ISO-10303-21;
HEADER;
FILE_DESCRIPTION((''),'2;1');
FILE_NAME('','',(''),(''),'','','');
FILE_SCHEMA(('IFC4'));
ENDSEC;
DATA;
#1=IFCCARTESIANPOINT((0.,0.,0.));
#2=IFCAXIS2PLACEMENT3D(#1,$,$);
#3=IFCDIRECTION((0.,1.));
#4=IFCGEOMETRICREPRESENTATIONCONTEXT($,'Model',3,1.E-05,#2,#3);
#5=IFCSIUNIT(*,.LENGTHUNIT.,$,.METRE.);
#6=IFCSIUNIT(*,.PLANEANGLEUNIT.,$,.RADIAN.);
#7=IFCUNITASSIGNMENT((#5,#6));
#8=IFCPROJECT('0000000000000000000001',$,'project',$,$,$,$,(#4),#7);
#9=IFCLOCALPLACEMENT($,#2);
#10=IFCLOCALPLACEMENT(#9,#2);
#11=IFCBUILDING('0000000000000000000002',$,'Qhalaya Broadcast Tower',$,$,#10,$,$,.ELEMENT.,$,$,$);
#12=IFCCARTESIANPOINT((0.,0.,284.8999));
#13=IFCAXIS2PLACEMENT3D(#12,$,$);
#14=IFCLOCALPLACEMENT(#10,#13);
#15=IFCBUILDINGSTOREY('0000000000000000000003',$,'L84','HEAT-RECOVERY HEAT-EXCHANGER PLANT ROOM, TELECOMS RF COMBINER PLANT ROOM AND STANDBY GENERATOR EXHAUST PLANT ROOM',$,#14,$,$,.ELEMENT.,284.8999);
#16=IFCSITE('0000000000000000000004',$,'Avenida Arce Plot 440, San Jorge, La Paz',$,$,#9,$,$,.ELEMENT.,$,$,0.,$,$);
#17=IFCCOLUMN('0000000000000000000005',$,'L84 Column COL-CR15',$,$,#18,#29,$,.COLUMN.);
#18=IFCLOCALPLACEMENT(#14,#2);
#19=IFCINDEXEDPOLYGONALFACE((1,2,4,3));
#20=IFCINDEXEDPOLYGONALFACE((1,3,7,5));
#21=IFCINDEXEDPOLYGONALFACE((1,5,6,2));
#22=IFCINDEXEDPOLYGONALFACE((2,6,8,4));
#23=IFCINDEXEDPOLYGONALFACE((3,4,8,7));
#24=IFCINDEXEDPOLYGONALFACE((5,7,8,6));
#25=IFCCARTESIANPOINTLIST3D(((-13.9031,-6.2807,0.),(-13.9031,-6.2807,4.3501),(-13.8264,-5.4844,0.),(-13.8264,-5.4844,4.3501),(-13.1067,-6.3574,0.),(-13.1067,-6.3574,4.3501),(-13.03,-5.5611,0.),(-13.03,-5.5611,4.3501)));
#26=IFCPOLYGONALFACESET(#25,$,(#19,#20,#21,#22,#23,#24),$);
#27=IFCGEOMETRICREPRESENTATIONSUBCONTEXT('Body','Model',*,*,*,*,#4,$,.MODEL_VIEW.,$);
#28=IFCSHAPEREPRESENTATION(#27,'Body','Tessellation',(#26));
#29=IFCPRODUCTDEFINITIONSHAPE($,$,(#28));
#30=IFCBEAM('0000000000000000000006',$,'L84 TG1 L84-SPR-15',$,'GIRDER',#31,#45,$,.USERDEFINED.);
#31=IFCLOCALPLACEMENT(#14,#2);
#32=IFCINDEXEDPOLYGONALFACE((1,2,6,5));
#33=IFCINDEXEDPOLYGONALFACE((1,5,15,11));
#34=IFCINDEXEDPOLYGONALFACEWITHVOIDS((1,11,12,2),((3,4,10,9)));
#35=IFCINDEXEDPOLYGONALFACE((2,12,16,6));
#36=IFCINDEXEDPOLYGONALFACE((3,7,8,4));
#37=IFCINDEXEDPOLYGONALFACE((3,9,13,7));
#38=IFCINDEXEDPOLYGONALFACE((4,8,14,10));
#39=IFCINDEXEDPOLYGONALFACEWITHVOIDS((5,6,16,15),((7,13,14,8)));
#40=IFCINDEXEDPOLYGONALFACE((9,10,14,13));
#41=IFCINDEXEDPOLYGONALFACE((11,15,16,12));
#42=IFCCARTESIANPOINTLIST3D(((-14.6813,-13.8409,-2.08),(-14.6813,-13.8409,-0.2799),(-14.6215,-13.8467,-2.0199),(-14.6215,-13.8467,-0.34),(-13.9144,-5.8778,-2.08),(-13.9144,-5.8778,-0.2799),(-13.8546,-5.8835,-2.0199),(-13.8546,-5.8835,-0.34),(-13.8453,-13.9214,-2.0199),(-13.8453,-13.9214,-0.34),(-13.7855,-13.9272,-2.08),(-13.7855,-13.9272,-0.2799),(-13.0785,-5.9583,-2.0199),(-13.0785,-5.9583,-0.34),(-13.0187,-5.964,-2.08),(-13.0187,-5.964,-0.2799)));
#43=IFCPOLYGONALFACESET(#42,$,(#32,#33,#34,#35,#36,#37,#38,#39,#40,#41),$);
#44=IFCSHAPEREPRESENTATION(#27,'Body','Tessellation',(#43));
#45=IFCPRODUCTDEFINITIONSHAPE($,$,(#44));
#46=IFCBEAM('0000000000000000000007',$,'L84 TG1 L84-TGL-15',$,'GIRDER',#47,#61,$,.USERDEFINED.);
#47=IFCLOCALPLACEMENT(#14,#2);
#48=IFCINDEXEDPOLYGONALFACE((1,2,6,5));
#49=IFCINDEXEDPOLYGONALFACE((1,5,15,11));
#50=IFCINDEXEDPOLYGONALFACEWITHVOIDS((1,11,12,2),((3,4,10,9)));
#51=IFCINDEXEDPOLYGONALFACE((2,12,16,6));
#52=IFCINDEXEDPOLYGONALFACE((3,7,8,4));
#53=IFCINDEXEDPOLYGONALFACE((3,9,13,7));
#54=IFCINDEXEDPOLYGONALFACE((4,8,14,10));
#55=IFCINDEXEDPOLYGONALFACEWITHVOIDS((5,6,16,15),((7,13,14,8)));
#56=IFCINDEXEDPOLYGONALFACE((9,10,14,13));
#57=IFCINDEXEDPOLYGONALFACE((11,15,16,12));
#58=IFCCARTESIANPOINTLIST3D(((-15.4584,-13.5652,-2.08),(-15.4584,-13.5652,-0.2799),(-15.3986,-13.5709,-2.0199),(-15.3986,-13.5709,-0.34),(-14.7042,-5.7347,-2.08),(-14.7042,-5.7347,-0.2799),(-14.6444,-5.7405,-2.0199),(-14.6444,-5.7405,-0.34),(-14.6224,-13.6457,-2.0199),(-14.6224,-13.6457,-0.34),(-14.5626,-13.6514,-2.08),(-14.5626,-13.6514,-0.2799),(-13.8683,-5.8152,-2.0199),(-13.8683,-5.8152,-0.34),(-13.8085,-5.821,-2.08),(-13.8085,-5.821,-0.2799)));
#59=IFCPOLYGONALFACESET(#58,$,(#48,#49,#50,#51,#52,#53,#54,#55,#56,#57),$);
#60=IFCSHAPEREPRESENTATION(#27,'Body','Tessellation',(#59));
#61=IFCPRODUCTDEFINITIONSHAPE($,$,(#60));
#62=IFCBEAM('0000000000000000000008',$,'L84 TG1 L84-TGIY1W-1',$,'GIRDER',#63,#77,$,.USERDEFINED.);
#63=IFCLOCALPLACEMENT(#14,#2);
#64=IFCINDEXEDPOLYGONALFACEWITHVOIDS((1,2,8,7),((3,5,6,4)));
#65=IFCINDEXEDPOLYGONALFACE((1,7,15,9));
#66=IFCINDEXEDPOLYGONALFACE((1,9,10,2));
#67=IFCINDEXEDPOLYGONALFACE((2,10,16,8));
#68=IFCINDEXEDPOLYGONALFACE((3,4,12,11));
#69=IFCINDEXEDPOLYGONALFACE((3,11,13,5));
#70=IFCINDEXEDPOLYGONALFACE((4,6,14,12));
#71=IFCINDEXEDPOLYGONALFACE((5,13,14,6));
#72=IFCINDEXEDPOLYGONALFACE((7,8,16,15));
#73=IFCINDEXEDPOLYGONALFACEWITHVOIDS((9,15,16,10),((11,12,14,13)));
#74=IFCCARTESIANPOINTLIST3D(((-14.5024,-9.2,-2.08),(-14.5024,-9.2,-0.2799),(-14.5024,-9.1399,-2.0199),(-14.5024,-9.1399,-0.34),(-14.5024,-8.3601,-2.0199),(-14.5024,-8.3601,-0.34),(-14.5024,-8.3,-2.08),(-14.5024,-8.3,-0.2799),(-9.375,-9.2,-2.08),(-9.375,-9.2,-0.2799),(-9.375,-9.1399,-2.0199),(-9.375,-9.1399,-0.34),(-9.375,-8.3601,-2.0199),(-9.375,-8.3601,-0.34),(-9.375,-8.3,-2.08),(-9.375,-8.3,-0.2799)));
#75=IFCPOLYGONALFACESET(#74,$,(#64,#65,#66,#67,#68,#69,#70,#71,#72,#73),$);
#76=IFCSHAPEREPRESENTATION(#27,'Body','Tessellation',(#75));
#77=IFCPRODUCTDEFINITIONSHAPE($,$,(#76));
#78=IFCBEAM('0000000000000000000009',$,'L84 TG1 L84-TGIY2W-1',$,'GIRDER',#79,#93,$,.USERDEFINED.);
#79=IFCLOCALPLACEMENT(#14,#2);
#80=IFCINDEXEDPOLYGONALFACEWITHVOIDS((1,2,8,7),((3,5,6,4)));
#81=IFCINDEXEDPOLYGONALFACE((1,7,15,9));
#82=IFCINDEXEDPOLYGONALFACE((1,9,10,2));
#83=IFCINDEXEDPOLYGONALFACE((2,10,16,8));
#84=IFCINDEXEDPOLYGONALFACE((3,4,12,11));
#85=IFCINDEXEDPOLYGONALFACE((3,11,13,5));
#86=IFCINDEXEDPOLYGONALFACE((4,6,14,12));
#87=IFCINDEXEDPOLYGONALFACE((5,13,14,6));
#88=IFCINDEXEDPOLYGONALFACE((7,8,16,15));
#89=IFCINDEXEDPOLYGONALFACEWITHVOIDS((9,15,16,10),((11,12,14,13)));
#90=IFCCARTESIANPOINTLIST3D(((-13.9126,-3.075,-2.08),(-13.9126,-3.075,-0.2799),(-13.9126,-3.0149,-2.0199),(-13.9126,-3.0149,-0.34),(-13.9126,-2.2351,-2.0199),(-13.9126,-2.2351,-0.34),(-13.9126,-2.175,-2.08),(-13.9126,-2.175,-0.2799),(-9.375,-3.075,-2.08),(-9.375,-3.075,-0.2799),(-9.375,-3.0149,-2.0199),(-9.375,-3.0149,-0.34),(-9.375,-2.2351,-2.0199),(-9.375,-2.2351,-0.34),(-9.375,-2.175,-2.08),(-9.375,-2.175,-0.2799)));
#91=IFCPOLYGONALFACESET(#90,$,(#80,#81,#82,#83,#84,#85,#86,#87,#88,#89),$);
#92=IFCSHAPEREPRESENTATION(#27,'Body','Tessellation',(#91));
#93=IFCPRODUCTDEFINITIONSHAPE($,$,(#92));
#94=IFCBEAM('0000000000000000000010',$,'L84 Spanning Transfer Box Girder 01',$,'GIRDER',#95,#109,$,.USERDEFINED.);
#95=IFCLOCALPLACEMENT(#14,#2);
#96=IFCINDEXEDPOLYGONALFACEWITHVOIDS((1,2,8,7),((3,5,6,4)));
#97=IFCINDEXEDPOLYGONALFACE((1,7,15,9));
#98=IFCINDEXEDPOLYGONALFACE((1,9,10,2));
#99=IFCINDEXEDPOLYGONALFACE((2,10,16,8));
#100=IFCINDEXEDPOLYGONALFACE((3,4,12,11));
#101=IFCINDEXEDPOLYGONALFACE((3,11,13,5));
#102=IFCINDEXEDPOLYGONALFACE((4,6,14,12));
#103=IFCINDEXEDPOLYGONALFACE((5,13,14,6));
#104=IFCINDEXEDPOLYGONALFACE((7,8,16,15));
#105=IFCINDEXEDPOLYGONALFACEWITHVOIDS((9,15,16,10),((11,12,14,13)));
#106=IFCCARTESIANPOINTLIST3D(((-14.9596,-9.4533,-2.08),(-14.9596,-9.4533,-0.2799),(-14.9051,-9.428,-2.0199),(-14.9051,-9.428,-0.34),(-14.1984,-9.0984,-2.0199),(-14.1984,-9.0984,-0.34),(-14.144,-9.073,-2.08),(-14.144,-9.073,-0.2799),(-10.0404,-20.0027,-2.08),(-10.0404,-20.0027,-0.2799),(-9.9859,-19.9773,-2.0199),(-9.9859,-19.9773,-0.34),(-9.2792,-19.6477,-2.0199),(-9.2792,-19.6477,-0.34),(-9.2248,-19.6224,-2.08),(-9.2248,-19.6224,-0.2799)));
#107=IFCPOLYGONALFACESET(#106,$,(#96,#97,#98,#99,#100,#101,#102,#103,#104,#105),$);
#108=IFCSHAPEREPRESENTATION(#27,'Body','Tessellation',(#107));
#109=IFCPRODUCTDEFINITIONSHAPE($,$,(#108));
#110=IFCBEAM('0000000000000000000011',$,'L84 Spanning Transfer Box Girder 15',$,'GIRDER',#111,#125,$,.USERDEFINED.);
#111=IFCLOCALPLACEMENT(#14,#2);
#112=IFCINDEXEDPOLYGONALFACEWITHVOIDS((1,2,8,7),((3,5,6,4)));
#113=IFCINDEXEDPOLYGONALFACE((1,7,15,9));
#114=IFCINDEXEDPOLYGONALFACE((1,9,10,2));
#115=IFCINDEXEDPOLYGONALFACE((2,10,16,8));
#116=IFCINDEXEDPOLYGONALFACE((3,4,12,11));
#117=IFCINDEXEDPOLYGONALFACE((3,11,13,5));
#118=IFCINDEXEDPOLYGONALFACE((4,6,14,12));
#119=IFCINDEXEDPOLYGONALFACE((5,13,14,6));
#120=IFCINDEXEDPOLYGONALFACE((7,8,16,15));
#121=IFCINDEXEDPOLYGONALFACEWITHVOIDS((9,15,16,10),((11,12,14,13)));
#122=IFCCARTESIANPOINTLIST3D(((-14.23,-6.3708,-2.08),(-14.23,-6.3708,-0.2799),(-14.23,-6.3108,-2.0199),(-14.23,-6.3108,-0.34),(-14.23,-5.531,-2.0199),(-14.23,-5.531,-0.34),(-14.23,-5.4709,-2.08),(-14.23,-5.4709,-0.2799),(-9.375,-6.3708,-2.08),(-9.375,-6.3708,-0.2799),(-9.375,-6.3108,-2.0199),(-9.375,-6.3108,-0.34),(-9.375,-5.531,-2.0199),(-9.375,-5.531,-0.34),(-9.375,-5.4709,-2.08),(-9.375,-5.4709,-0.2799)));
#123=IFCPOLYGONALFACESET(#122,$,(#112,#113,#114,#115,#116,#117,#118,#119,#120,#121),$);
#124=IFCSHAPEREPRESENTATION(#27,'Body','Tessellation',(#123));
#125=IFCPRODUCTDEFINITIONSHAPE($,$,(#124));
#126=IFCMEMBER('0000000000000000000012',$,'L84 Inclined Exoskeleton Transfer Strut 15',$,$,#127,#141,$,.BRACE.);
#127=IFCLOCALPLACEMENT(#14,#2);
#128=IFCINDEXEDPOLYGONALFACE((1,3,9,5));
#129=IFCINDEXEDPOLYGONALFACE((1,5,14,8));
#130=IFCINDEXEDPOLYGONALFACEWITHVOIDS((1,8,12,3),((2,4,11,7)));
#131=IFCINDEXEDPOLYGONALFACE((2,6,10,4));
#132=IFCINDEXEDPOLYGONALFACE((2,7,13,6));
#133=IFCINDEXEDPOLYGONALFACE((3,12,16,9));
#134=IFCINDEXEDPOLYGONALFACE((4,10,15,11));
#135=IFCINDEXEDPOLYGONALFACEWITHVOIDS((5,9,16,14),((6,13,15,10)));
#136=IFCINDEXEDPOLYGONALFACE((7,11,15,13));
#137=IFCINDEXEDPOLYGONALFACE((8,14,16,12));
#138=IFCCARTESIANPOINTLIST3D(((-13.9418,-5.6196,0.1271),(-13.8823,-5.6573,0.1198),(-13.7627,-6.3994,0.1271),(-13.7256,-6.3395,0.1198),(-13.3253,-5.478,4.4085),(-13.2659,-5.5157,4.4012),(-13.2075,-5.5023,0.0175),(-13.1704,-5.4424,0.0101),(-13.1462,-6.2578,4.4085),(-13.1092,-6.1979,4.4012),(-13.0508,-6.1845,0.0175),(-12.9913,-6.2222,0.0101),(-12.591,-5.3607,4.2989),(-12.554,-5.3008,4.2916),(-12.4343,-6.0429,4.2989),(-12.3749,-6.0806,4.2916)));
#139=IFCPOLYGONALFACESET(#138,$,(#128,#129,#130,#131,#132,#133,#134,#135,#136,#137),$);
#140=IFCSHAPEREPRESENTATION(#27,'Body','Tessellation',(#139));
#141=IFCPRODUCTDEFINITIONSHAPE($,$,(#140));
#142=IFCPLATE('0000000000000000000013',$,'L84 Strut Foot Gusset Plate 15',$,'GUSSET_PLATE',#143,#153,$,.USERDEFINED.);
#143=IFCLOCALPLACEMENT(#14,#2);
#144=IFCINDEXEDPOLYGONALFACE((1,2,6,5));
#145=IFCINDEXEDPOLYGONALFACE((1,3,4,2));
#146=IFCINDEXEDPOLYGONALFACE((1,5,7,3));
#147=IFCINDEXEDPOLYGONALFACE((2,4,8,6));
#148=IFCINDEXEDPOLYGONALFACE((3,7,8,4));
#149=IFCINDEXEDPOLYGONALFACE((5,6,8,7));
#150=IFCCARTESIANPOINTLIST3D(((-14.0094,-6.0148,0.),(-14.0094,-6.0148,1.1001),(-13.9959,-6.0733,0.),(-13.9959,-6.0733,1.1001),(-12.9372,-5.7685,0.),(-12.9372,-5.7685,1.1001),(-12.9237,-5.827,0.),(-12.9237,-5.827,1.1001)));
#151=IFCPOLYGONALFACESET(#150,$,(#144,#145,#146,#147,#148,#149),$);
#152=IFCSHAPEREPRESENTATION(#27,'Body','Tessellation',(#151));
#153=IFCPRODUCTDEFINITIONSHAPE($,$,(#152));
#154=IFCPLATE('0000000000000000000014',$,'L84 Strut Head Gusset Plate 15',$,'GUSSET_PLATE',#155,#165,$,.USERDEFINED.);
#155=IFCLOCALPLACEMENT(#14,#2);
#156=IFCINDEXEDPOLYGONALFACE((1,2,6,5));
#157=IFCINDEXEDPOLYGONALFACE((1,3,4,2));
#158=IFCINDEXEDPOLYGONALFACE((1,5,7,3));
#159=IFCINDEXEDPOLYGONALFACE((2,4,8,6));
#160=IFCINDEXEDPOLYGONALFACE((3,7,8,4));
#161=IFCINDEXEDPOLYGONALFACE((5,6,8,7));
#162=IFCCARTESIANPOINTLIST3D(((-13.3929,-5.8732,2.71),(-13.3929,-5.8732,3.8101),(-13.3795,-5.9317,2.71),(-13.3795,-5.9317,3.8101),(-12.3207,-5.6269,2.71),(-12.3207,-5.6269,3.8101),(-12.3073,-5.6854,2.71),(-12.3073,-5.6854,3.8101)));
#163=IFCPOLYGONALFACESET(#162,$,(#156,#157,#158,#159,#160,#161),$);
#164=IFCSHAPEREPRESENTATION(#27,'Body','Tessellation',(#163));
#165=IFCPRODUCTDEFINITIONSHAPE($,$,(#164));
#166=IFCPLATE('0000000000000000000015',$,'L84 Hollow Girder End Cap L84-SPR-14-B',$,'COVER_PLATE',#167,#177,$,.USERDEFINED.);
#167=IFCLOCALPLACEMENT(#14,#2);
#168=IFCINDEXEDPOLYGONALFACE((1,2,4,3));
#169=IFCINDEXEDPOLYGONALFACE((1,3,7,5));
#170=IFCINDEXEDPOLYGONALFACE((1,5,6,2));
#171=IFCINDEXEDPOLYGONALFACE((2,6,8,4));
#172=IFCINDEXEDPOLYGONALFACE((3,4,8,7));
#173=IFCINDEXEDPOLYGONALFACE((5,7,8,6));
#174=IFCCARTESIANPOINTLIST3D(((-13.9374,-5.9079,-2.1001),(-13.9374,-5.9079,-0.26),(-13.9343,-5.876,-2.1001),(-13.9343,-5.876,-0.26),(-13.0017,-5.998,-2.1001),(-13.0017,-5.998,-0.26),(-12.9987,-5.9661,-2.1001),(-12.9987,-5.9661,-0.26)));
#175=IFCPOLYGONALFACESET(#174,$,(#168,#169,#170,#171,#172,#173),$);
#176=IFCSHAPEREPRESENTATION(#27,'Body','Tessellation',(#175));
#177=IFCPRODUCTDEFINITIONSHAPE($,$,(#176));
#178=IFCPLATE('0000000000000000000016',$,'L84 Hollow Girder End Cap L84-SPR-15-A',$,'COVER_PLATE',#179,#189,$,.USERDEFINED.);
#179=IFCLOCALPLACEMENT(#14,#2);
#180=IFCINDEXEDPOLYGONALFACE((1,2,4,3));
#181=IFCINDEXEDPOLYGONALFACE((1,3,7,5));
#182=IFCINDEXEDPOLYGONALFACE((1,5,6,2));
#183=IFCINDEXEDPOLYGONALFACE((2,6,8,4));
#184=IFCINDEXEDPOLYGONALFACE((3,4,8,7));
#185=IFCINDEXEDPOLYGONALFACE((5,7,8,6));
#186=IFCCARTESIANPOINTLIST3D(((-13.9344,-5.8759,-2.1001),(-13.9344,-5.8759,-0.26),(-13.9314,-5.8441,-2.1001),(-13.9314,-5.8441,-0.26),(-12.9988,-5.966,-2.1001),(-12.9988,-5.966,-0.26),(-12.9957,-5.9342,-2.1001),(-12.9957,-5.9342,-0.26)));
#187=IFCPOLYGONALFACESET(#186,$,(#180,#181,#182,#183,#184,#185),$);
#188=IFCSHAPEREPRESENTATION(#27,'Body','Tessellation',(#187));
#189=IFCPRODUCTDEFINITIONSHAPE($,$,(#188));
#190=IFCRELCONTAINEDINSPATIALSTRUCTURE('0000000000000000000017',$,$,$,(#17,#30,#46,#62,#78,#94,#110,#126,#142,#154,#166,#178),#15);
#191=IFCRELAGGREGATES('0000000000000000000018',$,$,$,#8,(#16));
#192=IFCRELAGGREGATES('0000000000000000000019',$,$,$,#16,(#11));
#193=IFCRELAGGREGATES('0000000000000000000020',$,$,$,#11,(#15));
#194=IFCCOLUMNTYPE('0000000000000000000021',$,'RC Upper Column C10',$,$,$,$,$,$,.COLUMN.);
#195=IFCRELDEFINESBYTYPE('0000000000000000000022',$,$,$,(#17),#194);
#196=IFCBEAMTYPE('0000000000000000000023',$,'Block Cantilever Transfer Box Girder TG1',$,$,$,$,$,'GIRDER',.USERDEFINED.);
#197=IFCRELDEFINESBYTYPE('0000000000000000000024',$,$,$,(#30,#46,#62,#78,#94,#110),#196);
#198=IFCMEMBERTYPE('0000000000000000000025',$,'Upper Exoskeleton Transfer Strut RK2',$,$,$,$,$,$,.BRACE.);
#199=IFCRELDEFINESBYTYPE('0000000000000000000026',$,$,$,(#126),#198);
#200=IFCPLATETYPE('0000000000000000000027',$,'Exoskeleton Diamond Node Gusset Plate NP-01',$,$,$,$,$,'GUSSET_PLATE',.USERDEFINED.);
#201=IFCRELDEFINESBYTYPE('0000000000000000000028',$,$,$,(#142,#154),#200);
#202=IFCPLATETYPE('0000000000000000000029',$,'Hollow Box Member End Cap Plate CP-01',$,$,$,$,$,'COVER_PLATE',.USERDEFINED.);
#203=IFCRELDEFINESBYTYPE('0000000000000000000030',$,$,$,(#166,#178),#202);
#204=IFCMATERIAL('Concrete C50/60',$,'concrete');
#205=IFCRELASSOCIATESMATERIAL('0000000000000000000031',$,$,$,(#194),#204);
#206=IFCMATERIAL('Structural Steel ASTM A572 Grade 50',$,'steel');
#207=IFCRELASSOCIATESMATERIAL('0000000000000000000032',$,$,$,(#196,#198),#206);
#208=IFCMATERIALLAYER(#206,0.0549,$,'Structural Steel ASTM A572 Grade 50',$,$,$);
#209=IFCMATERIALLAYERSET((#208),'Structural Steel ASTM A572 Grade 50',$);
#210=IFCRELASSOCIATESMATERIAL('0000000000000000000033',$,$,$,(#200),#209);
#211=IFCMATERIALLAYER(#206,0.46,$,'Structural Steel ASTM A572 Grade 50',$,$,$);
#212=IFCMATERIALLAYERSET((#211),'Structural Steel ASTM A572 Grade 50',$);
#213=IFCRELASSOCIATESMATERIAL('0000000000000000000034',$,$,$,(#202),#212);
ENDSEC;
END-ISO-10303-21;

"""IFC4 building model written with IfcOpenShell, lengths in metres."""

from ifc_helpers import new_model, si_unit, direction, frame, origin, origin_2d, place, context, subcontext, project, spatial, rectangle, hollow_rectangle, extrude, material, layer, layer_set, material_profile, profile_set, type_object, element, save


model = new_model("IFC4")

# Units and contexts
model_context = context("Model", 3, precision=1e-05, world=origin(), true_north=direction((0.0, 1.0)))
body_context = subcontext(model_context, "Body", "Model", "MODEL_VIEW")
ifc_project = project(units=[si_unit("LENGTHUNIT", "METRE"), si_unit("PLANEANGLEUNIT", "RADIAN")], contexts=[model_context])

# Site, building, storey
site_placement = place(None, origin())
site = spatial("IfcSite", under=ifc_project, at=site_placement, Name="Avenida Arce Plot 440, San Jorge, La Paz", CompositionType="ELEMENT", RefElevation=0.0)
building_placement = place(site_placement, origin())
building = spatial("IfcBuilding", under=site, at=building_placement, Name="Qhalaya Broadcast Tower", CompositionType="ELEMENT")
storey_placement = place(building_placement, frame((0.0, 0.0, 284.8999)))
storey = spatial("IfcBuildingStorey", under=building, at=storey_placement, Name="L84", Description="HEAT-RECOVERY HEAT-EXCHANGER PLANT ROOM, TELECOMS RF COMBINER PLANT ROOM AND STANDBY GENERATOR EXHAUST PLANT ROOM", CompositionType="ELEMENT", Elevation=284.8999)

# Column
ifc_material_1 = material(Name="Concrete C50/60", Category="concrete")
ifc_material_profile_1 = material_profile(ifc_material_1, rectangle(XDim=0.8, YDim=0.8, at=origin_2d()), Name="RC-COL 800x800")
ifc_profile_set_1 = profile_set([ifc_material_profile_1], Name="Concrete C50/60")
column_type = type_object("IfcColumnType", Name="RC Upper Column C10", PredefinedType="COLUMN", material=ifc_profile_set_1)
column_placement = place(storey_placement, frame((-13.4666, -5.9209, 0.0), z_axis=(0.0, 0.0, 1.0), x_axis=(0.095846, 0.995396, 0.0)))
element("IfcColumn", 1, at=column_placement, inside=storey, type_object=column_type, Name="L84 Column COL-CR15", PredefinedType="COLUMN", context=body_context, shape_type="SweptSolid", body=[
    extrude(rectangle(XDim=0.8, YDim=0.8, at=origin_2d()), origin(), (0.0, 0.0, 1.0), 4.3501),
])

# Beams
ifc_material_2 = material(Name="Structural Steel ASTM A572 Grade 50", Category="steel")
ifc_material_profile_2 = material_profile(ifc_material_2, hollow_rectangle(XDim=0.8999, YDim=1.8, WallThickness=0.0601, at=origin_2d()), Name="BOX 900x1800x60")
ifc_profile_set_2 = profile_set([ifc_material_profile_2], Name="Structural Steel ASTM A572 Grade 50")
beam_type = type_object("IfcBeamType", Name="Block Cantilever Transfer Box Girder TG1", ElementType="GIRDER", PredefinedType="USERDEFINED", material=ifc_profile_set_2)
beam_1_placement = place(storey_placement, frame((-13.4666, -5.9209, -1.1799), z_axis=(-0.095856, -0.995395, 0.0), x_axis=(0.995395, -0.095856, 0.0)))
element("IfcBeam", 2, at=beam_1_placement, inside=storey, type_object=beam_type, Name="L84 TG1 L84-SPR-15", ObjectType="GIRDER", PredefinedType="USERDEFINED", context=body_context, shape_type="SweptSolid", body=[
    extrude(hollow_rectangle(XDim=0.8999, YDim=1.8, WallThickness=0.0601, at=origin_2d()), origin(), (0.0, 0.0, 1.0), 8.0),
])
beam_2_placement = place(storey_placement, frame((-14.2563, -5.7778, -1.1799), z_axis=(-0.095865, -0.995394, 0.0), x_axis=(0.995394, -0.095865, 0.0)))
element("IfcBeam", 3, at=beam_2_placement, inside=storey, type_object=beam_type, Name="L84 TG1 L84-TGL-15", ObjectType="GIRDER", PredefinedType="USERDEFINED", context=body_context, shape_type="SweptSolid", body=[
    extrude(hollow_rectangle(XDim=0.8999, YDim=1.8, WallThickness=0.0601, at=origin_2d()), origin(), (0.0, 0.0, 1.0), 7.8667),
])
beam_3_placement = place(storey_placement, frame((-14.5024, -8.75, -1.1799), z_axis=(1.0, 0.0, 0.0), x_axis=(0.0, 1.0, 0.0)))
element("IfcBeam", 4, at=beam_3_placement, inside=storey, type_object=beam_type, Name="L84 TG1 L84-TGIY1W-1", ObjectType="GIRDER", PredefinedType="USERDEFINED", context=body_context, shape_type="SweptSolid", body=[
    extrude(hollow_rectangle(XDim=0.8999, YDim=1.8, WallThickness=0.0601, at=origin_2d()), origin(), (0.0, 0.0, 1.0), 5.1274),
])
beam_4_placement = place(storey_placement, frame((-13.9126, -2.625, -1.1799), z_axis=(1.0, 0.0, 0.0), x_axis=(0.0, 1.0, 0.0)))
element("IfcBeam", 5, at=beam_4_placement, inside=storey, type_object=beam_type, Name="L84 TG1 L84-TGIY2W-1", ObjectType="GIRDER", PredefinedType="USERDEFINED", context=body_context, shape_type="SweptSolid", body=[
    extrude(hollow_rectangle(XDim=0.8999, YDim=1.8, WallThickness=0.0601, at=origin_2d()), origin(), (0.0, 0.0, 1.0), 4.5376),
])
beam_5_placement = place(storey_placement, frame((-14.5518, -9.2632, -1.1799), z_axis=(0.422616, -0.906309, 0.0), x_axis=(0.906309, 0.422616, 0.0)))
element("IfcBeam", 6, at=beam_5_placement, inside=storey, type_object=beam_type, Name="L84 Spanning Transfer Box Girder 01", ObjectType="GIRDER", PredefinedType="USERDEFINED", context=body_context, shape_type="SweptSolid", body=[
    extrude(hollow_rectangle(XDim=0.8999, YDim=1.8, WallThickness=0.0601, at=origin_2d()), origin(), (0.0, 0.0, 1.0), 11.6399),
])
beam_6_placement = place(storey_placement, frame((-14.23, -5.9209, -1.1799), z_axis=(1.0, 0.0, 0.0), x_axis=(0.0, 1.0, 0.0)))
element("IfcBeam", 7, at=beam_6_placement, inside=storey, type_object=beam_type, Name="L84 Spanning Transfer Box Girder 15", ObjectType="GIRDER", PredefinedType="USERDEFINED", context=body_context, shape_type="SweptSolid", body=[
    extrude(hollow_rectangle(XDim=0.8999, YDim=1.8, WallThickness=0.0601, at=origin_2d()), origin(), (0.0, 0.0, 1.0), 4.855),
])

# Member
ifc_material_profile_3 = material_profile(ifc_material_2, hollow_rectangle(XDim=0.8, YDim=0.8, WallThickness=0.05, at=origin_2d()), Name="BOX 800x800x50")
ifc_profile_set_3 = profile_set([ifc_material_profile_3], Name="Structural Steel ASTM A572 Grade 50")
member_type = type_object("IfcMemberType", Name="Upper Exoskeleton Transfer Strut RK2", PredefinedType="BRACE", material=ifc_profile_set_3)
member_placement = place(storey_placement, frame((-13.4666, -5.9209, 0.0686), z_axis=(0.142435, 0.032718, 0.989263), x_axis=(-0.223873, 0.974618, 0.0)))
element("IfcMember", 8, at=member_placement, inside=storey, type_object=member_type, Name="L84 Inclined Exoskeleton Transfer Strut 15", PredefinedType="BRACE", context=body_context, shape_type="SweptSolid", body=[
    extrude(hollow_rectangle(XDim=0.8, YDim=0.8, WallThickness=0.05, at=origin_2d()), origin(), (0.0, 0.0, 1.0), 4.3279),
])

# Plates
ifc_layer_1 = layer(ifc_material_2, 0.0549, Name="Structural Steel ASTM A572 Grade 50")
ifc_layer_set_1 = layer_set([ifc_layer_1], Name="Structural Steel ASTM A572 Grade 50")
plate_type_1 = type_object("IfcPlateType", Name="Exoskeleton Diamond Node Gusset Plate NP-01", ElementType="GUSSET_PLATE", PredefinedType="USERDEFINED", material=ifc_layer_set_1)
for number, where, z_axis, x_axis, name in (
    (9, (-13.4666, -5.9209, 0.0), (0.0, 0.0, 1.0), (0.974613, 0.223897, 0.0), "L84 Strut Foot Gusset Plate 15"),
    (10, (-12.8501, -5.7793, 2.71), (0.0, 0.0, 1.0), (0.974613, 0.223897, 0.0), "L84 Strut Head Gusset Plate 15"),
):
    element("IfcPlate", number, at=place(storey_placement, frame(where, z_axis=z_axis, x_axis=x_axis)), inside=storey, type_object=plate_type_1, Name=name, ObjectType="GUSSET_PLATE", PredefinedType="USERDEFINED", context=body_context, shape_type="SweptSolid", body=[
        extrude(rectangle(XDim=1.1001, YDim=0.0601, at=origin_2d()), origin(), (0.0, 0.0, 1.0), 1.1001),
    ])
ifc_layer_2 = layer(ifc_material_2, 0.46, Name="Structural Steel ASTM A572 Grade 50")
ifc_layer_set_2 = layer_set([ifc_layer_2], Name="Structural Steel ASTM A572 Grade 50")
plate_type_2 = type_object("IfcPlateType", Name="Hollow Box Member End Cap Plate CP-01", ElementType="COVER_PLATE", PredefinedType="USERDEFINED", material=ifc_layer_set_2)
for number, where, z_axis, x_axis, name in (
    (11, (-13.468, -5.937, -2.1001), (0.0, 0.0, 1.0), (0.995396, -0.095846, 0.0), "L84 Hollow Girder End Cap L84-SPR-14-B"),
    (12, (-13.4651, -5.905, -2.1001), (0.0, 0.0, 1.0), (0.995396, -0.095846, 0.0), "L84 Hollow Girder End Cap L84-SPR-15-A"),
):
    element("IfcPlate", number, at=place(storey_placement, frame(where, z_axis=z_axis, x_axis=x_axis)), inside=storey, type_object=plate_type_2, Name=name, ObjectType="COVER_PLATE", PredefinedType="USERDEFINED", context=body_context, shape_type="SweptSolid", body=[
        extrude(rectangle(XDim=0.9399, YDim=0.032, at=origin_2d()), origin(), (0.0, 0.0, 1.0), 1.8401),
    ])

save(model, "model.ifc")
